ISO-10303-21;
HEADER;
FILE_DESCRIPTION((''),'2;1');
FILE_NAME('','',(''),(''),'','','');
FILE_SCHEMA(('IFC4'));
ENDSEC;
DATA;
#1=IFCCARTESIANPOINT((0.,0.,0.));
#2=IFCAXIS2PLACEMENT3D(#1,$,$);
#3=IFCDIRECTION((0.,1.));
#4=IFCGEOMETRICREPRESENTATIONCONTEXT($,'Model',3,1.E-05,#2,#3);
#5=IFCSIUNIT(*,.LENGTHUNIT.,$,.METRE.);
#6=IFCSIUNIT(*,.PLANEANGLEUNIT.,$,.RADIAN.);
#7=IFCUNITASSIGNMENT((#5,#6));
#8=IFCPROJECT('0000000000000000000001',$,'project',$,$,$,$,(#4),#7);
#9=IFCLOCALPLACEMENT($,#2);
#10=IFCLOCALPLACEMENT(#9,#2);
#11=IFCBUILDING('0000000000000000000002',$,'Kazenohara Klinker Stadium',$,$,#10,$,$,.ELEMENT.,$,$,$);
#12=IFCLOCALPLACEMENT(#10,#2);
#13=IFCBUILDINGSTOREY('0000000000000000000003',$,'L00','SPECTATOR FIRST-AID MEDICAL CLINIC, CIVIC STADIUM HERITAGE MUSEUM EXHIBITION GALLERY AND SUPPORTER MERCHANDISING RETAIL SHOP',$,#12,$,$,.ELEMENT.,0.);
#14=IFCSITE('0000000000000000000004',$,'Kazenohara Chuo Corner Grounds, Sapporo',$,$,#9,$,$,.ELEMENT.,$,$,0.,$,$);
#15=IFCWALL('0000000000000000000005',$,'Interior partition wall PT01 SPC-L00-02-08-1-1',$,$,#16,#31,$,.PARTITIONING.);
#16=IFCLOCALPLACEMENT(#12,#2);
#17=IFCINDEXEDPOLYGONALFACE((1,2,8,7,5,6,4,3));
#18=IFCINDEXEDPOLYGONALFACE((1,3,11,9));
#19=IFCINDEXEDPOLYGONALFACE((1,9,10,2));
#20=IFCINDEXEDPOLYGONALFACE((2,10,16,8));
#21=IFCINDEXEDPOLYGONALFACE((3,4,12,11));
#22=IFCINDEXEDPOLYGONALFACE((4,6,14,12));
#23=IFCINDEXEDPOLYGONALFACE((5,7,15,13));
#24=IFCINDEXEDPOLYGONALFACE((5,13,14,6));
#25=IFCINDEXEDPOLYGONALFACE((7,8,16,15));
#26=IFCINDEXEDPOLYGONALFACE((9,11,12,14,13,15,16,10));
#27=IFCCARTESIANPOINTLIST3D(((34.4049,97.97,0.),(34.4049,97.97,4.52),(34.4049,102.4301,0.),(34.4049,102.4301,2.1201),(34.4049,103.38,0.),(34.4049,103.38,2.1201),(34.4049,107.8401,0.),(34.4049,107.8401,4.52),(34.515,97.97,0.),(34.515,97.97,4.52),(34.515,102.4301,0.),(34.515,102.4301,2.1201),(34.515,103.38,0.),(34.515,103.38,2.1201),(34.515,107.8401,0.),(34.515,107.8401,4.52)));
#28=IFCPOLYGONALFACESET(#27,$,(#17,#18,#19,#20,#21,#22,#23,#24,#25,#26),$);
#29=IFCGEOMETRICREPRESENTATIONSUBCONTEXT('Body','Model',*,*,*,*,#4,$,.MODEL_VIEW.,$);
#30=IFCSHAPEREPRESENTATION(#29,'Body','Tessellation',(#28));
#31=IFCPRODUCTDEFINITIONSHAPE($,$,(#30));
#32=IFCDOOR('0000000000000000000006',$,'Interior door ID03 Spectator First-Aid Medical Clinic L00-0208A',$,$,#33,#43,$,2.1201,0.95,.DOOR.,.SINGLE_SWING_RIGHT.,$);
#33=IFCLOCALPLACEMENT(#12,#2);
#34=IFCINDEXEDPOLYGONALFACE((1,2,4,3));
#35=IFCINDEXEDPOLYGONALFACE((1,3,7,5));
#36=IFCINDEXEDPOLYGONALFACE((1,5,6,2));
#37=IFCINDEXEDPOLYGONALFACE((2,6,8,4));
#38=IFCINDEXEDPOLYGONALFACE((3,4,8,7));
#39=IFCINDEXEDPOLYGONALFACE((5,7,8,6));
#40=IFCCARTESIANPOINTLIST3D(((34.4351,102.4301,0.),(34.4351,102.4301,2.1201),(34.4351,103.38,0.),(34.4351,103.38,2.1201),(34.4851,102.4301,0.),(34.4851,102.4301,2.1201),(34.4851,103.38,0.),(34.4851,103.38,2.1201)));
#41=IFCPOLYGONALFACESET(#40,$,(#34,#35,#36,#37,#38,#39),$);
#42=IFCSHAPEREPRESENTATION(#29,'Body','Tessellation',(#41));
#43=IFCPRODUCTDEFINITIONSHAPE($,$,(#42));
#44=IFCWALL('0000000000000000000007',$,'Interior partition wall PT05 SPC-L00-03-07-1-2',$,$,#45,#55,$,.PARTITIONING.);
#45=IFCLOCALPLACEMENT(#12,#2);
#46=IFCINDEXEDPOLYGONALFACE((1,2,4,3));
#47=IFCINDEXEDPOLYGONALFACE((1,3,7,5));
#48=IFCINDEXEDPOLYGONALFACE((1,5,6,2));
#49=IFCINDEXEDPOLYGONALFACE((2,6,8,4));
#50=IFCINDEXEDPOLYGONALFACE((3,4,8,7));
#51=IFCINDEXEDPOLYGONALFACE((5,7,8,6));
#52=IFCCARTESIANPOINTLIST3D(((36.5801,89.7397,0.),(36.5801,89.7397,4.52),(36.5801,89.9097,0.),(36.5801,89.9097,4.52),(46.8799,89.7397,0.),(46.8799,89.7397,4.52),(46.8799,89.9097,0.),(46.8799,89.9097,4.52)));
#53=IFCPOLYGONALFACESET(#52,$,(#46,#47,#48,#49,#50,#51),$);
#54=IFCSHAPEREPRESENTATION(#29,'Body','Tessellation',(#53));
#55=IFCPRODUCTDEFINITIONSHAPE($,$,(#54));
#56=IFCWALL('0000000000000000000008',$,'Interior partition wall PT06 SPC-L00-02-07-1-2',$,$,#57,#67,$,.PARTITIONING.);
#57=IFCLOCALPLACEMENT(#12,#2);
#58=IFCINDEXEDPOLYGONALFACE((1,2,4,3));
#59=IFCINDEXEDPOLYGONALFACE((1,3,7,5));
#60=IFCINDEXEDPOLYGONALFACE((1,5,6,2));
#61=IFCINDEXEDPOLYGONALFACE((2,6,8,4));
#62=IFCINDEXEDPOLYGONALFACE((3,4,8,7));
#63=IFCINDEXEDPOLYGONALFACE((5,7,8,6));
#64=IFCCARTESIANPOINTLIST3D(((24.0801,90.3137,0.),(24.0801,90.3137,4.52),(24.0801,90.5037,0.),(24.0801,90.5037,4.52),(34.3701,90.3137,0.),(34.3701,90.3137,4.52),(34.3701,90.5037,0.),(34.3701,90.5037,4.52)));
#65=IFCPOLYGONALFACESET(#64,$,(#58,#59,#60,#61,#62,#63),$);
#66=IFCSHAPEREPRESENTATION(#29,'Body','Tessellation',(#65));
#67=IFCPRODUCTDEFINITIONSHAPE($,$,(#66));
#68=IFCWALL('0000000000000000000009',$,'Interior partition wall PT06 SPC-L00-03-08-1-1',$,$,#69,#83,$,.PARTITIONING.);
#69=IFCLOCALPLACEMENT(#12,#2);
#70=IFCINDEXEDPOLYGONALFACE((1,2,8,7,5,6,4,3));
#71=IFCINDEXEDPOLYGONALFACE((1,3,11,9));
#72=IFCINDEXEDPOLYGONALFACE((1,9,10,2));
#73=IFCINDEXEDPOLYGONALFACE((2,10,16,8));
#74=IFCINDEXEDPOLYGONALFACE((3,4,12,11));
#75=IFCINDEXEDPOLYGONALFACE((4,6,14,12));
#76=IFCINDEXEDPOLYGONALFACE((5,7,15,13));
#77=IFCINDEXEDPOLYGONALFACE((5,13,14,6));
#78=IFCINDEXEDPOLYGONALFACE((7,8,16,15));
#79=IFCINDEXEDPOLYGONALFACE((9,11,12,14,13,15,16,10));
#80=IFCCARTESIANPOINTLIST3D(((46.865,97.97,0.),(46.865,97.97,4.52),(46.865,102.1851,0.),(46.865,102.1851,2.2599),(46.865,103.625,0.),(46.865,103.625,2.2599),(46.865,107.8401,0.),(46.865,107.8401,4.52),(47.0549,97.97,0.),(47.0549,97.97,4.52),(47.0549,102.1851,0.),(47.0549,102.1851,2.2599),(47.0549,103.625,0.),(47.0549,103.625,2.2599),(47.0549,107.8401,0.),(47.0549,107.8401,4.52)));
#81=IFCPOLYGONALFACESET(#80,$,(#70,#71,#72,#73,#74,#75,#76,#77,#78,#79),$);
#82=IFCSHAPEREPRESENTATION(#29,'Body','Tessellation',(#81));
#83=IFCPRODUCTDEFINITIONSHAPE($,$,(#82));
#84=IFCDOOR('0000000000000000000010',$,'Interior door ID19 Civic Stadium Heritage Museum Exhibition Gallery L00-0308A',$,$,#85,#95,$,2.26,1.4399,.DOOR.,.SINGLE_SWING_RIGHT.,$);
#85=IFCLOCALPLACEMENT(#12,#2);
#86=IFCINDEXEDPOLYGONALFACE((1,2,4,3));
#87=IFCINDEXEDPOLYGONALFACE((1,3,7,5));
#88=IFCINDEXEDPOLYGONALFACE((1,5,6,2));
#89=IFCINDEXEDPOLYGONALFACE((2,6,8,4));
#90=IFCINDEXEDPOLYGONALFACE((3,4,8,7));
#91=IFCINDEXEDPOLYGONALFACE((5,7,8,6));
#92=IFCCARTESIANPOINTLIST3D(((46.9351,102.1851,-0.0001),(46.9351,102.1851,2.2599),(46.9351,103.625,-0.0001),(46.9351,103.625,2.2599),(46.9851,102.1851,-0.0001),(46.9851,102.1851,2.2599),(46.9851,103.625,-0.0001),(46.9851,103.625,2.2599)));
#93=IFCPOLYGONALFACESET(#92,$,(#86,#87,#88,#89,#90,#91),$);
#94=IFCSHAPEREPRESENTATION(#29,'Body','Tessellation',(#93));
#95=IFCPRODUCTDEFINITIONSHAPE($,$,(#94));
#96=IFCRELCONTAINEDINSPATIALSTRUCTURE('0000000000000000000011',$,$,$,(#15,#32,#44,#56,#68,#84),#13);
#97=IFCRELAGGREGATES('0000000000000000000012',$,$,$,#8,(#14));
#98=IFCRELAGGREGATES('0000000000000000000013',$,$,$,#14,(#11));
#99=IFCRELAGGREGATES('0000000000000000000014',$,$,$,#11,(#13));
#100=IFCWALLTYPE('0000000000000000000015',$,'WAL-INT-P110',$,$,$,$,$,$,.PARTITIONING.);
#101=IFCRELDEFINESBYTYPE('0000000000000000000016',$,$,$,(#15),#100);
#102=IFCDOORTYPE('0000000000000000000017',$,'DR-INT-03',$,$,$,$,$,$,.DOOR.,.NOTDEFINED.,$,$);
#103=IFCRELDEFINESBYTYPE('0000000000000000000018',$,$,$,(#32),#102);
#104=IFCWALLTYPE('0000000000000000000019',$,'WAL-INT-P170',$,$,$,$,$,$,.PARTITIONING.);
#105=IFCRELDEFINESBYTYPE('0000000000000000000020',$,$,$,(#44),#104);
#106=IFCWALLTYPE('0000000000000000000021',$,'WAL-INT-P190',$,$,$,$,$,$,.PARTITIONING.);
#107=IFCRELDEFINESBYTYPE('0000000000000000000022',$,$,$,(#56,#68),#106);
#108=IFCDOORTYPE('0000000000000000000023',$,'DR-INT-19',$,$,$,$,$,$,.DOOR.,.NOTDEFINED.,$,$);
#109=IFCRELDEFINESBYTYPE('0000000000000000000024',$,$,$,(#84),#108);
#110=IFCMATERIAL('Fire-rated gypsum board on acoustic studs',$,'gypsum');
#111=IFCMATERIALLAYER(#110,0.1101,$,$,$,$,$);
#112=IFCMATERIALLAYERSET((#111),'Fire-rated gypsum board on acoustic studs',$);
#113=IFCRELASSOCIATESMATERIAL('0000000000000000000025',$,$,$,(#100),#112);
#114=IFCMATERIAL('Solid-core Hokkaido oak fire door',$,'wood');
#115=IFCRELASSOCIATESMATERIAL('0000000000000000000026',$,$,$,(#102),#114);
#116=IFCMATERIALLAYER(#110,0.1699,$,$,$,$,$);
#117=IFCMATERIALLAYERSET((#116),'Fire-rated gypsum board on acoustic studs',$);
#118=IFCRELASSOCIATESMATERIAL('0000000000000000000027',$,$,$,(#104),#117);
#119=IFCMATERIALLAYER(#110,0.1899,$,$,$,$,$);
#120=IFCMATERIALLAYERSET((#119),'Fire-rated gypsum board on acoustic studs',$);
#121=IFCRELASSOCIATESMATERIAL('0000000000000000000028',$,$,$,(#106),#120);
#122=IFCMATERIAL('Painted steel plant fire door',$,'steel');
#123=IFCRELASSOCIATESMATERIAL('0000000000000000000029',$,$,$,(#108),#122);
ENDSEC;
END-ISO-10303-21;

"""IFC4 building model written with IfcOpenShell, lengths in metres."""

from ifc_helpers import new_model, si_unit, direction, frame, frame_2d, origin, place, context, subcontext, project, spatial, rectangle, extrude, material, layer, layer_set, type_object, element, fill, save


model = new_model("IFC4")

# Units and contexts
model_context = context("Model", 3, precision=1e-05, world=origin(), true_north=direction((0.0, 1.0)))
body_context = subcontext(model_context, "Body", "Model", "MODEL_VIEW")
ifc_project = project(units=[si_unit("LENGTHUNIT", "METRE"), si_unit("PLANEANGLEUNIT", "RADIAN")], contexts=[model_context])

# Site, building, storey
site_placement = place(None, origin())
site = spatial("IfcSite", under=ifc_project, at=site_placement, Name="Kazenohara Chuo Corner Grounds, Sapporo", CompositionType="ELEMENT", RefElevation=0.0)
building_placement = place(site_placement, origin())
building = spatial("IfcBuilding", under=site, at=building_placement, Name="Kazenohara Klinker Stadium", CompositionType="ELEMENT")
storey_placement = place(building_placement, origin())
storey = spatial("IfcBuildingStorey", under=building, at=storey_placement, Name="L00", Description="SPECTATOR FIRST-AID MEDICAL CLINIC, CIVIC STADIUM HERITAGE MUSEUM EXHIBITION GALLERY AND SUPPORTER MERCHANDISING RETAIL SHOP", CompositionType="ELEMENT", Elevation=0.0)

# Wall, opening, door
ifc_material_1 = material(Name="Fire-rated gypsum board on acoustic studs", Category="gypsum")
ifc_layer_1 = layer(ifc_material_1, 0.1101)
ifc_layer_set_1 = layer_set([ifc_layer_1], Name="Fire-rated gypsum board on acoustic studs")
wall_type_1 = type_object("IfcWallType", Name="WAL-INT-P110", PredefinedType="PARTITIONING", material=ifc_layer_set_1)
wall_1_placement = place(storey_placement, frame((34.46, 97.97, 0.0), z_axis=(0.0, 0.0, 1.0), x_axis=(0.0, 1.0, 0.0)))
wall_1 = element("IfcWall", 1, at=wall_1_placement, inside=storey, type_object=wall_type_1, Name="Interior partition wall PT01 SPC-L00-02-08-1-1", PredefinedType="PARTITIONING", context=body_context, shape_type="SweptSolid", body=[
    extrude(rectangle(XDim=9.8701, YDim=0.1101, at=frame_2d((4.9351, 0.0))), origin(), (0.0, 0.0, 1.0), 4.52),
])
opening_1_placement = place(wall_1_placement, frame((4.46, 0.0, 0.0)))
opening_1 = element("IfcOpeningElement", 2, at=opening_1_placement, cuts=wall_1, PredefinedType="OPENING", context=body_context, shape_type="SweptSolid", body=[
    extrude(rectangle(XDim=0.95, YDim=2.1201, at=frame_2d((0.4751, 1.0601))), frame((0.0, 0.0649, 0.0), z_axis=(0.0, -1.0, 0.0), x_axis=(1.0, 0.0, 0.0)), (0.0, 0.0, 1.0), 0.1301),
])
ifc_material_2 = material(Name="Solid-core Hokkaido oak fire door", Category="wood")
door_type_1 = type_object("IfcDoorType", Name="DR-INT-03", OperationType="NOTDEFINED", PredefinedType="DOOR", material=ifc_material_2)
door_1_placement = place(opening_1_placement, origin())
door_1 = element("IfcDoor", 3, at=door_1_placement, inside=storey, type_object=door_type_1, Name="Interior door ID03 Spectator First-Aid Medical Clinic L00-0208A", OperationType="SINGLE_SWING_RIGHT", OverallHeight=2.1201, OverallWidth=0.95, PredefinedType="DOOR", context=body_context, shape_type="SweptSolid", body=[
    extrude(rectangle(XDim=0.95, YDim=2.1201, at=frame_2d((0.4751, 1.0601))), frame((0.0, 0.0249, 0.0), z_axis=(0.0, -1.0, 0.0), x_axis=(1.0, 0.0, 0.0)), (0.0, 0.0, 1.0), 0.05),
])
fill(opening_1, door_1)

# Walls
ifc_layer_2 = layer(ifc_material_1, 0.1699)
ifc_layer_set_2 = layer_set([ifc_layer_2], Name="Fire-rated gypsum board on acoustic studs")
wall_type_2 = type_object("IfcWallType", Name="WAL-INT-P170", PredefinedType="PARTITIONING", material=ifc_layer_set_2)
wall_2_placement = place(storey_placement, frame((36.5801, 89.8247, 0.0), z_axis=(0.0, 0.0, 1.0), x_axis=(1.0, 0.0, 0.0)))
element("IfcWall", 4, at=wall_2_placement, inside=storey, type_object=wall_type_2, Name="Interior partition wall PT05 SPC-L00-03-07-1-2", PredefinedType="PARTITIONING", context=body_context, shape_type="SweptSolid", body=[
    extrude(rectangle(XDim=10.2998, YDim=0.1699, at=frame_2d((5.1499, 0.0))), origin(), (0.0, 0.0, 1.0), 4.52),
])
ifc_layer_3 = layer(ifc_material_1, 0.1899)
ifc_layer_set_3 = layer_set([ifc_layer_3], Name="Fire-rated gypsum board on acoustic studs")
wall_type_3 = type_object("IfcWallType", Name="WAL-INT-P190", PredefinedType="PARTITIONING", material=ifc_layer_set_3)
wall_3_placement = place(storey_placement, frame((24.0801, 90.4087, 0.0), z_axis=(0.0, 0.0, 1.0), x_axis=(1.0, 0.0, 0.0)))
element("IfcWall", 5, at=wall_3_placement, inside=storey, type_object=wall_type_3, Name="Interior partition wall PT06 SPC-L00-02-07-1-2", PredefinedType="PARTITIONING", context=body_context, shape_type="SweptSolid", body=[
    extrude(rectangle(XDim=10.29, YDim=0.1899, at=frame_2d((5.145, 0.0))), origin(), (0.0, 0.0, 1.0), 4.52),
])

# Wall, opening, door
wall_4_placement = place(storey_placement, frame((46.96, 97.97, 0.0), z_axis=(0.0, 0.0, 1.0), x_axis=(0.0, 1.0, 0.0)))
wall_4 = element("IfcWall", 6, at=wall_4_placement, inside=storey, type_object=wall_type_3, Name="Interior partition wall PT06 SPC-L00-03-08-1-1", PredefinedType="PARTITIONING", context=body_context, shape_type="SweptSolid", body=[
    extrude(rectangle(XDim=9.8701, YDim=0.1899, at=frame_2d((4.9351, 0.0))), origin(), (0.0, 0.0, 1.0), 4.52),
])
opening_2_placement = place(wall_4_placement, frame((4.2151, 0.0, 0.0)))
opening_2 = element("IfcOpeningElement", 7, at=opening_2_placement, cuts=wall_4, PredefinedType="OPENING", context=body_context, shape_type="SweptSolid", body=[
    extrude(rectangle(XDim=1.4399, YDim=2.26, at=frame_2d((0.72, 1.1299))), frame((0.0, 0.105, 0.0), z_axis=(0.0, -1.0, 0.0), x_axis=(1.0, 0.0, 0.0)), (0.0, 0.0, 1.0), 0.21),
])
ifc_material_3 = material(Name="Painted steel plant fire door", Category="steel")
door_type_2 = type_object("IfcDoorType", Name="DR-INT-19", OperationType="NOTDEFINED", PredefinedType="DOOR", material=ifc_material_3)
door_2_placement = place(opening_2_placement, origin())
door_2 = element("IfcDoor", 8, at=door_2_placement, inside=storey, type_object=door_type_2, Name="Interior door ID19 Civic Stadium Heritage Museum Exhibition Gallery L00-0308A", OperationType="SINGLE_SWING_RIGHT", OverallHeight=2.26, OverallWidth=1.4399, PredefinedType="DOOR", context=body_context, shape_type="SweptSolid", body=[
    extrude(rectangle(XDim=1.4399, YDim=2.26, at=frame_2d((0.72, 1.1299))), frame((0.0, 0.0249, 0.0), z_axis=(0.0, -1.0, 0.0), x_axis=(1.0, 0.0, 0.0)), (0.0, 0.0, 1.0), 0.05),
])
fill(opening_2, door_2)

save(model, "model.ifc")
